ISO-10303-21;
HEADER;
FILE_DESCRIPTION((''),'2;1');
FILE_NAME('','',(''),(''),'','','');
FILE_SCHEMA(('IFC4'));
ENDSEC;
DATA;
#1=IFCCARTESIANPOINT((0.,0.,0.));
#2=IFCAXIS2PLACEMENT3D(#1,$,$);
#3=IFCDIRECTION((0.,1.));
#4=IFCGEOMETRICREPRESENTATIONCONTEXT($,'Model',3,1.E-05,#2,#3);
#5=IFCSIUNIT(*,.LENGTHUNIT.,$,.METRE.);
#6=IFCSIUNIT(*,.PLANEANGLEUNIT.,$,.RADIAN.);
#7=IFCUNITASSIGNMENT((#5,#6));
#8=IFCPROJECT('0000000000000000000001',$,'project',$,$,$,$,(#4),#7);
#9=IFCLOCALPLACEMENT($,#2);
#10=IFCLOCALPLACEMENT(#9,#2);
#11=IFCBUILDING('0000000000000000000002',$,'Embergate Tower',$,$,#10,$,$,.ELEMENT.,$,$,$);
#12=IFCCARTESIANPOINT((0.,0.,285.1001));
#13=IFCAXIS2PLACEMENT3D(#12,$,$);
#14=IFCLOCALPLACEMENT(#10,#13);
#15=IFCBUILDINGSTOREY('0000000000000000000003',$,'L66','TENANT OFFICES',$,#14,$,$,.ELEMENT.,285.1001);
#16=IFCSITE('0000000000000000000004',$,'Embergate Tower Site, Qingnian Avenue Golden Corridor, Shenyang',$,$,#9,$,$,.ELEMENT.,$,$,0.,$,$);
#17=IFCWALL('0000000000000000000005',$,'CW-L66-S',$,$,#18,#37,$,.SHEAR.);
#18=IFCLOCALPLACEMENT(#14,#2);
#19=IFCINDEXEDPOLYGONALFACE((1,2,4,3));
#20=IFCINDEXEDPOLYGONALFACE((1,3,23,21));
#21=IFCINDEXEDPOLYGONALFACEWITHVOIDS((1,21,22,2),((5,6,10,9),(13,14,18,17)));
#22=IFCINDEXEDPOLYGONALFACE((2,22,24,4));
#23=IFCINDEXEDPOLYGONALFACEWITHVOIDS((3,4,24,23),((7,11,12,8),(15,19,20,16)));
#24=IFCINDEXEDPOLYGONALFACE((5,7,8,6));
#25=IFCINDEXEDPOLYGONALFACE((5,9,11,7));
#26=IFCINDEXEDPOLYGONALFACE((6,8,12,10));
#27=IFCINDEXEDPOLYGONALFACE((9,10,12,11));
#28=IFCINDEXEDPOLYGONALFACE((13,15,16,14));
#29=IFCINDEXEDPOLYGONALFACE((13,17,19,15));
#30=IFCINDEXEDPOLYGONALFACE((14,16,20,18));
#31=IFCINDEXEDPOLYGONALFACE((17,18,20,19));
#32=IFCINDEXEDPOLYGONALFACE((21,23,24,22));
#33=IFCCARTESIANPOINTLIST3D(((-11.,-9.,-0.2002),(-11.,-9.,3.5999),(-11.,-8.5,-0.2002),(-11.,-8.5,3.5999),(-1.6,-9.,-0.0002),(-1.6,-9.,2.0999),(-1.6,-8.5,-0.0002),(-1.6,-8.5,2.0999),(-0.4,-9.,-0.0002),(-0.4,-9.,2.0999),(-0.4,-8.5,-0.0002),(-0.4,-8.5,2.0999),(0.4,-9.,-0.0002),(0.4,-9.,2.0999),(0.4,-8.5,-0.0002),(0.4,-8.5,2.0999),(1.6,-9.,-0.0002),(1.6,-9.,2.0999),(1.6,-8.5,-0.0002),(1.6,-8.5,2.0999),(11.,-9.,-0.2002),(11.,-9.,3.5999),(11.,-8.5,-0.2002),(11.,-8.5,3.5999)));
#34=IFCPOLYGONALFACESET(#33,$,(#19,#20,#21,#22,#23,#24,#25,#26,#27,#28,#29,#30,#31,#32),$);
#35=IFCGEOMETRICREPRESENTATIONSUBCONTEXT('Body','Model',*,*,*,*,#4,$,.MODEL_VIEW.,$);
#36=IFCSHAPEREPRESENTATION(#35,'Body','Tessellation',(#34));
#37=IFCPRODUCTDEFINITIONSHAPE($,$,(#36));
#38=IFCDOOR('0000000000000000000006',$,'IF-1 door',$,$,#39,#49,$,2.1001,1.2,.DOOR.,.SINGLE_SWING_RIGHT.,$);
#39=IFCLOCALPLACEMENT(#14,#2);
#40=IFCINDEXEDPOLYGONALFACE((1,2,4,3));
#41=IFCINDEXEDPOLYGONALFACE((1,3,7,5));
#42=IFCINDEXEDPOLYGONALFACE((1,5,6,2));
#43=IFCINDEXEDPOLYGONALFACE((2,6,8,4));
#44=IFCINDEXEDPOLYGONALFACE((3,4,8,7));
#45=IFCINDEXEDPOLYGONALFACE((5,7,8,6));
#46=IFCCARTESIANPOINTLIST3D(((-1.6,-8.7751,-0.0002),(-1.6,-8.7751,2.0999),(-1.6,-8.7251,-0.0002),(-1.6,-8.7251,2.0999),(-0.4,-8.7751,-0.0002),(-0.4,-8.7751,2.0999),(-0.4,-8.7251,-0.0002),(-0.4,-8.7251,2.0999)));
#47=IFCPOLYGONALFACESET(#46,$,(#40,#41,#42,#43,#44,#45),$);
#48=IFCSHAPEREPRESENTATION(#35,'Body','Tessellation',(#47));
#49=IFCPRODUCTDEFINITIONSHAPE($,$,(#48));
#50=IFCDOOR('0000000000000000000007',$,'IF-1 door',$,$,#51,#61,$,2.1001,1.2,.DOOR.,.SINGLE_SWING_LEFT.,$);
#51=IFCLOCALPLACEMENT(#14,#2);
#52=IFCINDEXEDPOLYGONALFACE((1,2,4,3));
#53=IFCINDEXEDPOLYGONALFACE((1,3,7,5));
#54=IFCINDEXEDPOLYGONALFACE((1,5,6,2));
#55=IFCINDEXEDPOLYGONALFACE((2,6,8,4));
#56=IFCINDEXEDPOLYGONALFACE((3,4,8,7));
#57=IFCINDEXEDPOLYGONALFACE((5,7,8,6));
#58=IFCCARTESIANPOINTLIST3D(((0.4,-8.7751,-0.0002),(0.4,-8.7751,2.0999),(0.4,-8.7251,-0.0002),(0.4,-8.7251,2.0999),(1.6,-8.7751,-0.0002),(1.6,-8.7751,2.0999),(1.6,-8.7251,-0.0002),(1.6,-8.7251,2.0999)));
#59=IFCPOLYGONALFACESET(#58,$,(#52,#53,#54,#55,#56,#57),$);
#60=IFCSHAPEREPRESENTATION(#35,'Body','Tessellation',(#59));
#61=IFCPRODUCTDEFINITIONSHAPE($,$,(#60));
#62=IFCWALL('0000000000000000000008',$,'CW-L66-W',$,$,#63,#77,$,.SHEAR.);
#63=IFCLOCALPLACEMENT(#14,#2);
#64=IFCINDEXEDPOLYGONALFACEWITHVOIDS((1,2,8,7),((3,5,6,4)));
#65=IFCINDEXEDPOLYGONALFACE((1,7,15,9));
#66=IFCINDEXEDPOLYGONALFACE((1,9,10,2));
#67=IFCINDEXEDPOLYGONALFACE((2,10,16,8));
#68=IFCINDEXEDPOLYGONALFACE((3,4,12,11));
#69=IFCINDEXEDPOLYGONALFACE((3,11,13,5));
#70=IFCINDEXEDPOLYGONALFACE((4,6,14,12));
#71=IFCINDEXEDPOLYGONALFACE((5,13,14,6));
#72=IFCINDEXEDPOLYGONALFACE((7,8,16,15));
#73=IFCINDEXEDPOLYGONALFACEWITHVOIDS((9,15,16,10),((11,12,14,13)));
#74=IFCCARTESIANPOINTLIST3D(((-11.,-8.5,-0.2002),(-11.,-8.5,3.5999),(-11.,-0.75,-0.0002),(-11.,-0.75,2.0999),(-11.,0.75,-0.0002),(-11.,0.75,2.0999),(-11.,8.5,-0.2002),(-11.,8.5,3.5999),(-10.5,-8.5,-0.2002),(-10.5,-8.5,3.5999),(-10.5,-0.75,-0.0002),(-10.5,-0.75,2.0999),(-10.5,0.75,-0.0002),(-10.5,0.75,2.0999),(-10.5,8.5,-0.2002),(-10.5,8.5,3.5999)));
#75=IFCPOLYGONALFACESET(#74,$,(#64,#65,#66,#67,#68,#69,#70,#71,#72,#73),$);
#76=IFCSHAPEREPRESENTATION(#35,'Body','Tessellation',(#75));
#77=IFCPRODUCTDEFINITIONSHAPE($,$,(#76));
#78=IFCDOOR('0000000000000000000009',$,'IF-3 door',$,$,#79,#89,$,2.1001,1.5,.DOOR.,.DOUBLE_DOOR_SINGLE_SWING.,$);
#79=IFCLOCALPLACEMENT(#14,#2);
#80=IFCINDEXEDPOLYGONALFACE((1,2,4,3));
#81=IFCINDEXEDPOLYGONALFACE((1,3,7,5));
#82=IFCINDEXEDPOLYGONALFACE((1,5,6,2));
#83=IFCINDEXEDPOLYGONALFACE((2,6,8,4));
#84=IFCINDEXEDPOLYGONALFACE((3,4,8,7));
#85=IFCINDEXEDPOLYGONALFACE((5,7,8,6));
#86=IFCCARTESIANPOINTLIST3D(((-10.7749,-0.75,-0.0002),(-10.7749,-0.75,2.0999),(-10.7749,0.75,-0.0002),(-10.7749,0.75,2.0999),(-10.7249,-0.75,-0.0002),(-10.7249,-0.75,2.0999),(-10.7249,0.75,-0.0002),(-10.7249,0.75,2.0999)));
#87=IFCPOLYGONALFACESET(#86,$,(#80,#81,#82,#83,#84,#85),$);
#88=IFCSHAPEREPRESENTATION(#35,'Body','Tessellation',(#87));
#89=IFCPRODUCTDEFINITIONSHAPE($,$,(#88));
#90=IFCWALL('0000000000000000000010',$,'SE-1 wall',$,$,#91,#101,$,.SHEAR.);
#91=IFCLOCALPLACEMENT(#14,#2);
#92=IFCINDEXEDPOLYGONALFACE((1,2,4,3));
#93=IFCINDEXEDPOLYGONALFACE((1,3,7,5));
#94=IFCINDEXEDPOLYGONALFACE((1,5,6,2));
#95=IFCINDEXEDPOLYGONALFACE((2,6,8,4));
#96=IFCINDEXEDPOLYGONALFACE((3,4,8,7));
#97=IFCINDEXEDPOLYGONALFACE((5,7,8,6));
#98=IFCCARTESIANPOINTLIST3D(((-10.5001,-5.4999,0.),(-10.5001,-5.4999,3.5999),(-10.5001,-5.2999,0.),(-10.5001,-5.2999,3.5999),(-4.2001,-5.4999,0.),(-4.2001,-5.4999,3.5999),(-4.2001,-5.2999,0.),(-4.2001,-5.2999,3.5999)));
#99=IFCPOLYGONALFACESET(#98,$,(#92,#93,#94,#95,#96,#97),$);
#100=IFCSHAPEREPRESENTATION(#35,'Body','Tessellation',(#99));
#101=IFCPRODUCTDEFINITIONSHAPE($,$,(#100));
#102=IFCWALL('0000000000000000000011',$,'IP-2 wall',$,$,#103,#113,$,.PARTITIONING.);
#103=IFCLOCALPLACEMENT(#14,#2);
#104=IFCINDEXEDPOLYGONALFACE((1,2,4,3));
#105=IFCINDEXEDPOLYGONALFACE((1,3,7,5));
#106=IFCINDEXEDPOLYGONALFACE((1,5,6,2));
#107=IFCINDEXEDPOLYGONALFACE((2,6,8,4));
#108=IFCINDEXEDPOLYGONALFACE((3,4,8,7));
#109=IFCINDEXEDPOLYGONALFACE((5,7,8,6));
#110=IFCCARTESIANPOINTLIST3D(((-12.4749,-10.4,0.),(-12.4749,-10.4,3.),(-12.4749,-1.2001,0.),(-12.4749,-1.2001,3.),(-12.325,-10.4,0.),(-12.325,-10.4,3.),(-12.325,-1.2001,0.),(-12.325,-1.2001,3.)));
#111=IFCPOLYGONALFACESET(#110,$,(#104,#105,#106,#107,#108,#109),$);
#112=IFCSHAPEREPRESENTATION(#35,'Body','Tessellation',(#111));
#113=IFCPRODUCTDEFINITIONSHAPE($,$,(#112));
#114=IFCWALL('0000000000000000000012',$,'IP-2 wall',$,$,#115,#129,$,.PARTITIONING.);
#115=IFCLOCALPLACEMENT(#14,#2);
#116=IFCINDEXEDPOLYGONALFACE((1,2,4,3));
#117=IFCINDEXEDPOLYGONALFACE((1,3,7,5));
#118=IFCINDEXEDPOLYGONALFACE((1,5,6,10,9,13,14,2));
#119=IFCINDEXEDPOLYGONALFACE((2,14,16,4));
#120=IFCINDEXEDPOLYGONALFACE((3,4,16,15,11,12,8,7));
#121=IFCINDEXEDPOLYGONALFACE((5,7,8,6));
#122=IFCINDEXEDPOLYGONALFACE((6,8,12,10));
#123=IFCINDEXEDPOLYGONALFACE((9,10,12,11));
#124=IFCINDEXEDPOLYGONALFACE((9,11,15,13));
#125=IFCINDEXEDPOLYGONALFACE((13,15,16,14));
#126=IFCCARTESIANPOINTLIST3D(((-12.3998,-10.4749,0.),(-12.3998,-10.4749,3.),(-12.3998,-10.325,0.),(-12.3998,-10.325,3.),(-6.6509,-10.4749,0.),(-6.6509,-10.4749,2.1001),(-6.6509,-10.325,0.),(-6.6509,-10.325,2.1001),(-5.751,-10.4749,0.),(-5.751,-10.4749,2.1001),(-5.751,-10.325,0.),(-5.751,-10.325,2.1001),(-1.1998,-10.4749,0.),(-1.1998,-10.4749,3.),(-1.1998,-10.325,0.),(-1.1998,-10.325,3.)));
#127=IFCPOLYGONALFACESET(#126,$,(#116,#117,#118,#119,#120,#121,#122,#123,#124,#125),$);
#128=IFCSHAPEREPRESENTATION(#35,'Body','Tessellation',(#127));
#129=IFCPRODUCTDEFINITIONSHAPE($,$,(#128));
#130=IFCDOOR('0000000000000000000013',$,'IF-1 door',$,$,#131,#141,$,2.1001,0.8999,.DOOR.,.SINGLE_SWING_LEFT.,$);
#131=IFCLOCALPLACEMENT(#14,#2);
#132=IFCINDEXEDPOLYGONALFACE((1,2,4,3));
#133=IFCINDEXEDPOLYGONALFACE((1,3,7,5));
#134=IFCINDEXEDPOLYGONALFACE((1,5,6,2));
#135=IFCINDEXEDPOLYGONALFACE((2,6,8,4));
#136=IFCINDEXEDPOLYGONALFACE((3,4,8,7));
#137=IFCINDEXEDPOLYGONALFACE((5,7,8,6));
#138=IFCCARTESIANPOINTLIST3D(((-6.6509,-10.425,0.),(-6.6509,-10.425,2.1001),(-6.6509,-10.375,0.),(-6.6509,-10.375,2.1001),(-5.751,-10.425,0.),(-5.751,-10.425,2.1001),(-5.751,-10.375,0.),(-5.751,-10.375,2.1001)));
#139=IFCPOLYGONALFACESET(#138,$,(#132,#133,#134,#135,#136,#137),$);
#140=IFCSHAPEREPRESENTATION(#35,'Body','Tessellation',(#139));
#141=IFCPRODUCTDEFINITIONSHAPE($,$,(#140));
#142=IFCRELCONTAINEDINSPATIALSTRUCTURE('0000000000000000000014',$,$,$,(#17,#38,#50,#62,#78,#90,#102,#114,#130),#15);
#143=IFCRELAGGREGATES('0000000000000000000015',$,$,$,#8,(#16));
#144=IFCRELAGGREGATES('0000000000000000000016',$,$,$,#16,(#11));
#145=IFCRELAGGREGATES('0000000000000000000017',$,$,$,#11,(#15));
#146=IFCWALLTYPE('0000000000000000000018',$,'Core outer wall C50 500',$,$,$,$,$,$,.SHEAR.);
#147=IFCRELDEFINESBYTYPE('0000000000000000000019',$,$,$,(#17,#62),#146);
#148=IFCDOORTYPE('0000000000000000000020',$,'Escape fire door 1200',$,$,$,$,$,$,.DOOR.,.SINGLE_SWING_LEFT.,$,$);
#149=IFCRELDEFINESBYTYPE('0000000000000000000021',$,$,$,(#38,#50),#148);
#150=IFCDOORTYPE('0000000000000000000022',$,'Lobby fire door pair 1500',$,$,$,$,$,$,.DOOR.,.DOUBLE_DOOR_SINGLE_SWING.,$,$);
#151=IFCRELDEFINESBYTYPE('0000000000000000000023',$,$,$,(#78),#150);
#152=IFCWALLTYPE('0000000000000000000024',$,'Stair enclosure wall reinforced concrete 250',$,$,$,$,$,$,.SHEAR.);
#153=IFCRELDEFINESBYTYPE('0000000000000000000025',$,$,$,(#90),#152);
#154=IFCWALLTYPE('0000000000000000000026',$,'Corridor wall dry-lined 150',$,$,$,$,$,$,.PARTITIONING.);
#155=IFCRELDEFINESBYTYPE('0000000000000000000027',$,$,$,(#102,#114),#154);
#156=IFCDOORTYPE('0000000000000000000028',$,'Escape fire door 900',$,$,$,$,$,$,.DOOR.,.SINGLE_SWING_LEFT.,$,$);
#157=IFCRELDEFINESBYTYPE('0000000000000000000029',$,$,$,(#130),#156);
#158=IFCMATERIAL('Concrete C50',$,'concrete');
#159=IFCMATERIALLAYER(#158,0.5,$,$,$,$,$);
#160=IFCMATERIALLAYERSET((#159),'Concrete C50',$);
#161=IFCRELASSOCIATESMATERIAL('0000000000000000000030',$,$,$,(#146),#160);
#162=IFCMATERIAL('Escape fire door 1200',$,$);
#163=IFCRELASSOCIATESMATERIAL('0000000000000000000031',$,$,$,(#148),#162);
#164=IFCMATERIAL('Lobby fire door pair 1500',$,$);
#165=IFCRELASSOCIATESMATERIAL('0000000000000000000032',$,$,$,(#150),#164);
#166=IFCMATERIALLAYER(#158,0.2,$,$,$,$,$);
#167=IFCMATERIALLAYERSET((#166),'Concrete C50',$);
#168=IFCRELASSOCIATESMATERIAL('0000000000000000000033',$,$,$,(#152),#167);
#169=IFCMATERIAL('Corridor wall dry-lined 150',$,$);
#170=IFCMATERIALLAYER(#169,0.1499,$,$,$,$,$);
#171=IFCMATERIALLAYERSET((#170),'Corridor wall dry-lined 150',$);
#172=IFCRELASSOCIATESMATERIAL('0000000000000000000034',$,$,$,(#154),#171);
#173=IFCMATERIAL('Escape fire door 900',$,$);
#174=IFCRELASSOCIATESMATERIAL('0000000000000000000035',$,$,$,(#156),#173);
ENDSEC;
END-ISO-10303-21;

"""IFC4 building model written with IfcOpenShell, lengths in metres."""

from ifc_helpers import new_model, si_unit, direction, frame, frame_2d, origin, place, context, subcontext, project, spatial, rectangle, extrude, source, transform, mapped, material, layer, layer_set, type_object, element, fill, save


model = new_model("IFC4")

# Units and contexts
model_context = context("Model", 3, precision=1e-05, world=origin(), true_north=direction((0.0, 1.0)))
body_context = subcontext(model_context, "Body", "Model", "MODEL_VIEW")
ifc_project = project(units=[si_unit("LENGTHUNIT", "METRE"), si_unit("PLANEANGLEUNIT", "RADIAN")], contexts=[model_context])

# Site, building, storey
site_placement = place(None, origin())
site = spatial("IfcSite", under=ifc_project, at=site_placement, Name="Embergate Tower Site, Qingnian Avenue Golden Corridor, Shenyang", CompositionType="ELEMENT", RefElevation=0.0)
building_placement = place(site_placement, origin())
building = spatial("IfcBuilding", under=site, at=building_placement, Name="Embergate Tower", CompositionType="ELEMENT")
storey_placement = place(building_placement, frame((0.0, 0.0, 285.1001)))
storey = spatial("IfcBuildingStorey", under=building, at=storey_placement, Name="L66", Description="TENANT OFFICES", CompositionType="ELEMENT", Elevation=285.1001)

# Wall, openings, doors
ifc_material_1 = material(Name="Concrete C50", Category="concrete")
ifc_layer_1 = layer(ifc_material_1, 0.5)
ifc_layer_set_1 = layer_set([ifc_layer_1], Name="Concrete C50")
wall_type_1 = type_object("IfcWallType", Name="Core outer wall C50 500", PredefinedType="SHEAR", material=ifc_layer_set_1)
shared_shape_1 = source(origin(), body_context, "Body", "SweptSolid", [
    extrude(rectangle(XDim=22.0, YDim=0.5, at=frame_2d((11.0, 0.0))), origin(), (0.0, 0.0, 1.0), 3.8),
])
wall_1_placement = place(storey_placement, frame((-11.0, -8.75, -0.2002), z_axis=(0.0, 0.0, 1.0), x_axis=(1.0, 0.0, 0.0)))
wall_1 = element("IfcWall", 1, at=wall_1_placement, inside=storey, type_object=wall_type_1, Name="CW-L66-S", PredefinedType="SHEAR", context=body_context, shape_type="MappedRepresentation", body=[
    mapped(shared_shape_1, transform((0.0, 0.0, 0.0))),
])
shared_shape_2 = source(origin(), body_context, "Body", "SweptSolid", [
    extrude(rectangle(XDim=1.2, YDim=2.1001, at=frame_2d((0.6001, 1.05))), frame((0.0, 0.26, 0.0), z_axis=(0.0, -1.0, 0.0), x_axis=(1.0, 0.0, 0.0)), (0.0, 0.0, 1.0), 0.52),
])
opening_1_placement = place(wall_1_placement, frame((9.3999, 0.0, 0.2)))
opening_1 = element("IfcOpeningElement", 2, at=opening_1_placement, cuts=wall_1, PredefinedType="OPENING", context=body_context, shape_type="MappedRepresentation", body=[
    mapped(shared_shape_2, transform((0.0, 0.0, 0.0))),
])
opening_2_placement = place(wall_1_placement, frame((11.3999, 0.0, 0.2)))
opening_2 = element("IfcOpeningElement", 3, at=opening_2_placement, cuts=wall_1, PredefinedType="OPENING", context=body_context, shape_type="MappedRepresentation", body=[
    mapped(shared_shape_2, transform((0.0, 0.0, 0.0))),
])
ifc_material_2 = material(Name="Escape fire door 1200")
door_type_1 = type_object("IfcDoorType", Name="Escape fire door 1200", OperationType="SINGLE_SWING_LEFT", PredefinedType="DOOR", material=ifc_material_2)
shared_shape_3 = source(origin(), body_context, "Body", "SweptSolid", [
    extrude(rectangle(XDim=1.2, YDim=2.1001, at=frame_2d((0.6001, 1.05))), frame((0.0, 0.0249, 0.0), z_axis=(0.0, -1.0, 0.0), x_axis=(1.0, 0.0, 0.0)), (0.0, 0.0, 1.0), 0.05),
])
door_1_placement = place(opening_1_placement, origin())
door_1 = element("IfcDoor", 4, at=door_1_placement, inside=storey, type_object=door_type_1, Name="IF-1 door", OperationType="SINGLE_SWING_RIGHT", OverallHeight=2.1001, OverallWidth=1.2, PredefinedType="DOOR", context=body_context, shape_type="MappedRepresentation", body=[
    mapped(shared_shape_3, transform((0.0, 0.0, 0.0))),
])
fill(opening_1, door_1)
door_2_placement = place(opening_2_placement, origin())
door_2 = element("IfcDoor", 5, at=door_2_placement, inside=storey, type_object=door_type_1, Name="IF-1 door", OperationType="SINGLE_SWING_LEFT", OverallHeight=2.1001, OverallWidth=1.2, PredefinedType="DOOR", context=body_context, shape_type="MappedRepresentation", body=[
    mapped(shared_shape_3, transform((0.0, 0.0, 0.0))),
])
fill(opening_2, door_2)

# Wall, opening, door
shared_shape_4 = source(origin(), body_context, "Body", "SweptSolid", [
    extrude(rectangle(XDim=17.0, YDim=0.5, at=frame_2d((8.5, 0.0))), origin(), (0.0, 0.0, 1.0), 3.8),
])
wall_2_placement = place(storey_placement, frame((-10.75, -8.5, -0.2002), z_axis=(0.0, 0.0, 1.0), x_axis=(0.0, 1.0, 0.0)))
wall_2 = element("IfcWall", 6, at=wall_2_placement, inside=storey, type_object=wall_type_1, Name="CW-L66-W", PredefinedType="SHEAR", context=body_context, shape_type="MappedRepresentation", body=[
    mapped(shared_shape_4, transform((0.0, 0.0, 0.0))),
])
shared_shape_5 = source(origin(), body_context, "Body", "SweptSolid", [
    extrude(rectangle(XDim=1.5, YDim=2.1001, at=frame_2d((0.75, 1.05))), frame((0.0, 0.26, 0.0), z_axis=(0.0, -1.0, 0.0), x_axis=(1.0, 0.0, 0.0)), (0.0, 0.0, 1.0), 0.52),
])
opening_3_placement = place(wall_2_placement, frame((7.75, 0.0, 0.2)))
opening_3 = element("IfcOpeningElement", 7, at=opening_3_placement, cuts=wall_2, PredefinedType="OPENING", context=body_context, shape_type="MappedRepresentation", body=[
    mapped(shared_shape_5, transform((0.0, 0.0, 0.0))),
])
ifc_material_3 = material(Name="Lobby fire door pair 1500")
door_type_2 = type_object("IfcDoorType", Name="Lobby fire door pair 1500", OperationType="DOUBLE_DOOR_SINGLE_SWING", PredefinedType="DOOR", material=ifc_material_3)
shared_shape_6 = source(origin(), body_context, "Body", "SweptSolid", [
    extrude(rectangle(XDim=1.5, YDim=2.1001, at=frame_2d((0.75, 1.05))), frame((0.0, 0.0249, 0.0), z_axis=(0.0, -1.0, 0.0), x_axis=(1.0, 0.0, 0.0)), (0.0, 0.0, 1.0), 0.05),
])
door_3_placement = place(opening_3_placement, origin())
door_3 = element("IfcDoor", 8, at=door_3_placement, inside=storey, type_object=door_type_2, Name="IF-3 door", OperationType="DOUBLE_DOOR_SINGLE_SWING", OverallHeight=2.1001, OverallWidth=1.5, PredefinedType="DOOR", context=body_context, shape_type="MappedRepresentation", body=[
    mapped(shared_shape_6, transform((0.0, 0.0, 0.0))),
])
fill(opening_3, door_3)

# Walls
ifc_layer_2 = layer(ifc_material_1, 0.2)
ifc_layer_set_2 = layer_set([ifc_layer_2], Name="Concrete C50")
wall_type_2 = type_object("IfcWallType", Name="Stair enclosure wall reinforced concrete 250", PredefinedType="SHEAR", material=ifc_layer_set_2)
shared_shape_7 = source(origin(), body_context, "Body", "SweptSolid", [
    extrude(rectangle(XDim=6.3, YDim=0.2, at=frame_2d((3.1499, 0.0))), origin(), (0.0, 0.0, 1.0), 3.5999),
])
wall_3_placement = place(storey_placement, frame((-10.5, -5.3999, 0.0), z_axis=(0.0, 0.0, 1.0), x_axis=(1.0, 0.0, 0.0)))
element("IfcWall", 9, at=wall_3_placement, inside=storey, type_object=wall_type_2, Name="SE-1 wall", PredefinedType="SHEAR", context=body_context, shape_type="MappedRepresentation", body=[
    mapped(shared_shape_7, transform((0.0, 0.0, 0.0))),
])
ifc_material_4 = material(Name="Corridor wall dry-lined 150")
ifc_layer_3 = layer(ifc_material_4, 0.1499)
ifc_layer_set_3 = layer_set([ifc_layer_3], Name="Corridor wall dry-lined 150")
wall_type_3 = type_object("IfcWallType", Name="Corridor wall dry-lined 150", PredefinedType="PARTITIONING", material=ifc_layer_set_3)
shared_shape_8 = source(origin(), body_context, "Body", "SweptSolid", [
    extrude(rectangle(XDim=9.2, YDim=0.1499, at=frame_2d((4.6001, 0.0))), origin(), (0.0, 0.0, 1.0), 3.0),
])
wall_4_placement = place(storey_placement, frame((-12.3999, -1.2, 0.0), z_axis=(0.0, 0.0, 1.0), x_axis=(0.0, -1.0, 0.0)))
element("IfcWall", 10, at=wall_4_placement, inside=storey, type_object=wall_type_3, Name="IP-2 wall", PredefinedType="PARTITIONING", context=body_context, shape_type="MappedRepresentation", body=[
    mapped(shared_shape_8, transform((0.0, 0.0, 0.0))),
])

# Wall, opening, door
shared_shape_9 = source(origin(), body_context, "Body", "SweptSolid", [
    extrude(rectangle(XDim=11.2, YDim=0.1499, at=frame_2d((5.6001, 0.0))), origin(), (0.0, 0.0, 1.0), 3.0),
])
wall_5_placement = place(storey_placement, frame((-12.3999, -10.3999, 0.0), z_axis=(0.0, 0.0, 1.0), x_axis=(1.0, 0.0, 0.0)))
wall_5 = element("IfcWall", 11, at=wall_5_placement, inside=storey, type_object=wall_type_3, Name="IP-2 wall", PredefinedType="PARTITIONING", context=body_context, shape_type="MappedRepresentation", body=[
    mapped(shared_shape_9, transform((0.0, 0.0, 0.0))),
])
shared_shape_10 = source(origin(), body_context, "Body", "SweptSolid", [
    extrude(rectangle(XDim=0.8999, YDim=2.1001, at=frame_2d((0.45, 1.05))), frame((0.0, 0.085, 0.0), z_axis=(0.0, -1.0, 0.0), x_axis=(1.0, 0.0, 0.0)), (0.0, 0.0, 1.0), 0.1699),
])
opening_4_placement = place(wall_5_placement, frame((5.749, 0.0, 0.0)))
opening_4 = element("IfcOpeningElement", 12, at=opening_4_placement, cuts=wall_5, PredefinedType="OPENING", context=body_context, shape_type="MappedRepresentation", body=[
    mapped(shared_shape_10, transform((0.0, 0.0, 0.0))),
])
ifc_material_5 = material(Name="Escape fire door 900")
door_type_3 = type_object("IfcDoorType", Name="Escape fire door 900", OperationType="SINGLE_SWING_LEFT", PredefinedType="DOOR", material=ifc_material_5)
shared_shape_11 = source(origin(), body_context, "Body", "SweptSolid", [
    extrude(rectangle(XDim=0.8999, YDim=2.1001, at=frame_2d((0.45, 1.05))), frame((0.0, 0.0249, 0.0), z_axis=(0.0, -1.0, 0.0), x_axis=(1.0, 0.0, 0.0)), (0.0, 0.0, 1.0), 0.05),
])
door_4_placement = place(opening_4_placement, origin())
door_4 = element("IfcDoor", 13, at=door_4_placement, inside=storey, type_object=door_type_3, Name="IF-1 door", OperationType="SINGLE_SWING_LEFT", OverallHeight=2.1001, OverallWidth=0.8999, PredefinedType="DOOR", context=body_context, shape_type="MappedRepresentation", body=[
    mapped(shared_shape_11, transform((0.0, 0.0, 0.0))),
])
fill(opening_4, door_4)

save(model, "model.ifc")
